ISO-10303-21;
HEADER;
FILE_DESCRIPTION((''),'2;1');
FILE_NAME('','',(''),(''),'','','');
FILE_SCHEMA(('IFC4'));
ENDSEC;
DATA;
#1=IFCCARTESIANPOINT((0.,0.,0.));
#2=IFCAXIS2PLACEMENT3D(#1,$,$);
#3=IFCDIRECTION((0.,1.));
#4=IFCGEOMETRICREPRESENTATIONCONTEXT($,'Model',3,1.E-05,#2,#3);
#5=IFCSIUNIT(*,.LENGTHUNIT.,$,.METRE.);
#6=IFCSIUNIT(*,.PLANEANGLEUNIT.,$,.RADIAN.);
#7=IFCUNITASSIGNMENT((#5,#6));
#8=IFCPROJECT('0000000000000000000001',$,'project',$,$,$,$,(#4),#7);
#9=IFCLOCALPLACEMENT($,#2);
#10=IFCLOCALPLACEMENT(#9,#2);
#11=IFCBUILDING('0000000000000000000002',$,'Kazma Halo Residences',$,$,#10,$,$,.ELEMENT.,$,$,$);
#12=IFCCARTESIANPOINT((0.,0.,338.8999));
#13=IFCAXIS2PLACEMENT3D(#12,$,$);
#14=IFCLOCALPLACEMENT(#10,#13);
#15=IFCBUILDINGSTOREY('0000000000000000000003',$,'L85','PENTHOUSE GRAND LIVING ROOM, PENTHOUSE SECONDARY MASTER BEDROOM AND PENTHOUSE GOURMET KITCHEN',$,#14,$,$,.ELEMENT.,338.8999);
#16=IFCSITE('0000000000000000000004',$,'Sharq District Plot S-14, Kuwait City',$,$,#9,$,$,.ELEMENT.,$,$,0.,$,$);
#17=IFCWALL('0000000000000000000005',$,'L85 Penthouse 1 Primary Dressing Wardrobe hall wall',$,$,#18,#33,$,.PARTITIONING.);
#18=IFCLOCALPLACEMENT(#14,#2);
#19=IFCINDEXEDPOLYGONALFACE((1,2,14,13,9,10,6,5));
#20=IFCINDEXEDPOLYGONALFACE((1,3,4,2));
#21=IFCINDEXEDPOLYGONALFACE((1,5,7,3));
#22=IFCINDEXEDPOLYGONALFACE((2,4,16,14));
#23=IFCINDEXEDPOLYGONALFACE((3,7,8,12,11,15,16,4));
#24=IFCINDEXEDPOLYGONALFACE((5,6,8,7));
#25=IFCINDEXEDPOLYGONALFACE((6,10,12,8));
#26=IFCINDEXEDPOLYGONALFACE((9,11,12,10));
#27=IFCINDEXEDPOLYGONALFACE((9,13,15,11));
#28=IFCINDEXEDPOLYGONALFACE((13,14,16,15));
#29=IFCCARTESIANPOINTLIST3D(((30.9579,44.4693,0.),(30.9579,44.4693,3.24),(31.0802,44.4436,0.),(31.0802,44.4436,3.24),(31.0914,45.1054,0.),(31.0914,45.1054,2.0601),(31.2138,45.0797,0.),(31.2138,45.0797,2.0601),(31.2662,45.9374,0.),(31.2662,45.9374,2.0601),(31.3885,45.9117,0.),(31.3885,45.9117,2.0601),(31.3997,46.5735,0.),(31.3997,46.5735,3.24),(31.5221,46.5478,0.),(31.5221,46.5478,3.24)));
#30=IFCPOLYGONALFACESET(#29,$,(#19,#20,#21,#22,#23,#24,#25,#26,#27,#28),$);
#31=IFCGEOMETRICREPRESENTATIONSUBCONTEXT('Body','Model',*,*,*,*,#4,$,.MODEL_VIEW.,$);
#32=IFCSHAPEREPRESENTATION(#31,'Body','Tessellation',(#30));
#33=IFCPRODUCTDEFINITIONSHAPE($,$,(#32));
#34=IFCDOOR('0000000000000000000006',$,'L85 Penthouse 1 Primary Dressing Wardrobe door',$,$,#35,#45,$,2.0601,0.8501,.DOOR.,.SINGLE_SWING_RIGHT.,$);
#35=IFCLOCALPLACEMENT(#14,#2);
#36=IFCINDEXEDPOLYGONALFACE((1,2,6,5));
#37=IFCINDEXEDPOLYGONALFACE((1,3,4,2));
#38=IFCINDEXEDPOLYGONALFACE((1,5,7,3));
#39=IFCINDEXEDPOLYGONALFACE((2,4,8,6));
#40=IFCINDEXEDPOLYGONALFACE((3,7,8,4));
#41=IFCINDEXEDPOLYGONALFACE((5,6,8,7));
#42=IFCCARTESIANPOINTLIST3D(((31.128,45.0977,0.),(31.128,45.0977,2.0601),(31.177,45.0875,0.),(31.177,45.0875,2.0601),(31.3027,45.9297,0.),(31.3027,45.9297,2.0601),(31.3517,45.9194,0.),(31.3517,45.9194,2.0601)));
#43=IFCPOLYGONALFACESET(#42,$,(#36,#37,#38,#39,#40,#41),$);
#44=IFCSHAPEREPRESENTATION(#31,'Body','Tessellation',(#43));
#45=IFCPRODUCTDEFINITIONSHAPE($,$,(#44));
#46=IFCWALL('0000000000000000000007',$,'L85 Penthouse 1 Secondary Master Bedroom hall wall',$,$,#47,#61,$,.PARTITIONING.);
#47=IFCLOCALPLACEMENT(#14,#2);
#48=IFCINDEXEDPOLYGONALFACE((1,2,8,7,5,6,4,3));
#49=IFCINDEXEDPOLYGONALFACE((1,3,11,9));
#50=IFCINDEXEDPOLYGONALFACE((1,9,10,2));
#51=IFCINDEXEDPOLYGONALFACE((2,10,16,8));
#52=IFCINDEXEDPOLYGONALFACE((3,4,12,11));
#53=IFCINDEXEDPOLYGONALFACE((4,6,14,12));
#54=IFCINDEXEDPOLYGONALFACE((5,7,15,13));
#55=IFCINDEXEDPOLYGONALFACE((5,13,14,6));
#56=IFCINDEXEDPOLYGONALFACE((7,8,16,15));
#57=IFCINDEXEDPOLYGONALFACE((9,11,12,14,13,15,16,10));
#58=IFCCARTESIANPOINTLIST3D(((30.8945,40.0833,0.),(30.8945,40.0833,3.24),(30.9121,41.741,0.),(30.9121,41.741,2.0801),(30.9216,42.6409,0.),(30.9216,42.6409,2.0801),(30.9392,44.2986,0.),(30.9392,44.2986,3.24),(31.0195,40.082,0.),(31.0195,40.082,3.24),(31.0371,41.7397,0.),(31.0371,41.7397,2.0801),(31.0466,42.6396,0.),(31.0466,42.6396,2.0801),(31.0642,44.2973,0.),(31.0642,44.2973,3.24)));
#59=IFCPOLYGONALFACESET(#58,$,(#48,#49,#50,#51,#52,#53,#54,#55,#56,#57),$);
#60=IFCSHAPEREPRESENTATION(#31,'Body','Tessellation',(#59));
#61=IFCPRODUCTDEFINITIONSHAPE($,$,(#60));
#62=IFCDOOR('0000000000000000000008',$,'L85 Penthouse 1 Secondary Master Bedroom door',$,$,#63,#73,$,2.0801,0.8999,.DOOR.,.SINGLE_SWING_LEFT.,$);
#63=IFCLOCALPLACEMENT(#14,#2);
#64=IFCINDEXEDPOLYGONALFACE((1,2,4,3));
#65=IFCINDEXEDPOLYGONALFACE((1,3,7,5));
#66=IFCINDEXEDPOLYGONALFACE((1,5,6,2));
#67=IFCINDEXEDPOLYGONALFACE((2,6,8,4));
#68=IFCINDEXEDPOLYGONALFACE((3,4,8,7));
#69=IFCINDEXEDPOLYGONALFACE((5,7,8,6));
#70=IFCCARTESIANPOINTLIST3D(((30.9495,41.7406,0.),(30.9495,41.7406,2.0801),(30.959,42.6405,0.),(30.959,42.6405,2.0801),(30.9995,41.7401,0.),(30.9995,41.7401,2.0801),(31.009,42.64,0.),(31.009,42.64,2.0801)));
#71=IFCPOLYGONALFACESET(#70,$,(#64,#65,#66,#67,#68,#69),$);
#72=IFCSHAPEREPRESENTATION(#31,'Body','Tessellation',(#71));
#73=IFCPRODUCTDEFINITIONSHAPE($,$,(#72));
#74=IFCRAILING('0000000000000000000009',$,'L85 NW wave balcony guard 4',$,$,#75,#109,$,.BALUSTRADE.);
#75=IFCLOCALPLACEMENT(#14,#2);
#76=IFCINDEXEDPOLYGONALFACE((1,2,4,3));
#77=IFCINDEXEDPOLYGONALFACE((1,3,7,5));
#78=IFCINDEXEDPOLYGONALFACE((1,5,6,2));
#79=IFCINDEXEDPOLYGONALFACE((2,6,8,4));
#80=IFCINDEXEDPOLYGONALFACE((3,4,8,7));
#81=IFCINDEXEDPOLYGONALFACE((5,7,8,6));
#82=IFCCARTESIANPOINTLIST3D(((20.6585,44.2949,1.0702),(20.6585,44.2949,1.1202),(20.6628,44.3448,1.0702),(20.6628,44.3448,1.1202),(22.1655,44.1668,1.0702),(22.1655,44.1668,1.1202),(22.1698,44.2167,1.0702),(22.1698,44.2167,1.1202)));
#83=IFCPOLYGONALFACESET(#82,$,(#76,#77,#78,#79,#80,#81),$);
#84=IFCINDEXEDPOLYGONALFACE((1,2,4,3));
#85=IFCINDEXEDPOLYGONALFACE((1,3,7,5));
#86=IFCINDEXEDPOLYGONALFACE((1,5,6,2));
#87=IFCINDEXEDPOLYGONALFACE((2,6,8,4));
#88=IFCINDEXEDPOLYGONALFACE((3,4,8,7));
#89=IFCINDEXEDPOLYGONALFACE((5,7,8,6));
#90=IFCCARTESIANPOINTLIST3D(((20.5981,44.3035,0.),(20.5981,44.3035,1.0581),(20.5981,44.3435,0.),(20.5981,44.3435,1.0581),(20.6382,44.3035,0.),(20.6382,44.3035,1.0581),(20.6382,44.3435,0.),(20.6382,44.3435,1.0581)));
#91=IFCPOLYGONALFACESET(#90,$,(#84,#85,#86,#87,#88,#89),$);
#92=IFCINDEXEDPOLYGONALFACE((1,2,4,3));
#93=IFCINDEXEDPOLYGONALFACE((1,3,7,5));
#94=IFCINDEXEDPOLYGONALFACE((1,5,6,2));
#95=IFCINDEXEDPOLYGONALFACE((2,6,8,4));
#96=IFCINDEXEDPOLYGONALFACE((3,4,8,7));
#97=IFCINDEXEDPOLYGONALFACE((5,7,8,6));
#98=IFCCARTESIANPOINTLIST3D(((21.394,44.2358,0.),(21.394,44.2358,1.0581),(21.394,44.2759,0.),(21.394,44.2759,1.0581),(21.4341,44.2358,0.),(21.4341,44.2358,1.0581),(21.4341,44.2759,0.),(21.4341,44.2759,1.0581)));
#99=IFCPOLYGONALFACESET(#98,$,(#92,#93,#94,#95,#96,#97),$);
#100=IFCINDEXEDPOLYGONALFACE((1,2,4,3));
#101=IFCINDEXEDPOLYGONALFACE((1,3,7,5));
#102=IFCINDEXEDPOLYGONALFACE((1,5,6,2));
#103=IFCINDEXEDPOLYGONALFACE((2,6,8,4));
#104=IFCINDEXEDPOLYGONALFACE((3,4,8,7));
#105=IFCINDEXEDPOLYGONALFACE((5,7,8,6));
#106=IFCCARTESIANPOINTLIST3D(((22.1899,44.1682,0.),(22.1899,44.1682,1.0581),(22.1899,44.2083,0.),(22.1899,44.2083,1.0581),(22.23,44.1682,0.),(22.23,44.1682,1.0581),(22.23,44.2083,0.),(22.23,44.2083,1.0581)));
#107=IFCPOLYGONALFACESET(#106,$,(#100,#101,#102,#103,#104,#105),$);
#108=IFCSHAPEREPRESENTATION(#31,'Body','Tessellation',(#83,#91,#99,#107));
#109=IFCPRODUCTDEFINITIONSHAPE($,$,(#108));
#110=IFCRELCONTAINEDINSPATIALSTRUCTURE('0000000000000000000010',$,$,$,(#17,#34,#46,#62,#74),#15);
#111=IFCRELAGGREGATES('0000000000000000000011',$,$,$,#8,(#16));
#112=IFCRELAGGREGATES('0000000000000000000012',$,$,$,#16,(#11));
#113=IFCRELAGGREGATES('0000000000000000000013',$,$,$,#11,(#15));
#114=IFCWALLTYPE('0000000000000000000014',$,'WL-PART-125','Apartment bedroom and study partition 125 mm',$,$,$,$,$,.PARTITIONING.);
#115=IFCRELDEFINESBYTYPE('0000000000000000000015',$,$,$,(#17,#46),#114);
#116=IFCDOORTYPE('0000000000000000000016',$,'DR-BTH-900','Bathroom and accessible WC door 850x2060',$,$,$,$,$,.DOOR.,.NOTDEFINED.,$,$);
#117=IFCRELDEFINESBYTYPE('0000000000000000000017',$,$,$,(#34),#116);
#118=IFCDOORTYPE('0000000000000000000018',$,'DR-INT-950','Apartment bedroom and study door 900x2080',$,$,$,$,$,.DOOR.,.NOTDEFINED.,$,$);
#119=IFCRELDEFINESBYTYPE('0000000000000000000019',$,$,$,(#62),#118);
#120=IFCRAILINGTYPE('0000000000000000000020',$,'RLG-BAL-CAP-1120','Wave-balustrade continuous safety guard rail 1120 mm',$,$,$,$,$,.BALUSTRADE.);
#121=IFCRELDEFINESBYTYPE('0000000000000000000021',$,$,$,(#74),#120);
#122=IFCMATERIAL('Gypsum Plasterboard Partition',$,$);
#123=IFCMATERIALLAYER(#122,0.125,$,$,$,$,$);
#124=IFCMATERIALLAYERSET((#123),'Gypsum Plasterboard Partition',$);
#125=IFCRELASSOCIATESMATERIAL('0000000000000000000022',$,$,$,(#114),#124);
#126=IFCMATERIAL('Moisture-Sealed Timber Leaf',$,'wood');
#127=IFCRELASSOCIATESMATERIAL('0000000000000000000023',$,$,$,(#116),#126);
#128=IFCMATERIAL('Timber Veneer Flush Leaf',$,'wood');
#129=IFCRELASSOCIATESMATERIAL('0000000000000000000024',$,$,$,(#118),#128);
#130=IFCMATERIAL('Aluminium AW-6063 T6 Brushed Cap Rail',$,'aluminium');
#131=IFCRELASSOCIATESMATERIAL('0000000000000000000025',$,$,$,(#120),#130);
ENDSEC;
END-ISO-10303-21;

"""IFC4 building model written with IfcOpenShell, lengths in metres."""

from ifc_helpers import new_model, si_unit, direction, frame, frame_2d, origin, origin_2d, place, context, subcontext, project, spatial, rectangle, extrude, material, layer, layer_set, type_object, element, fill, save


model = new_model("IFC4")

# Units and contexts
model_context = context("Model", 3, precision=1e-05, world=origin(), true_north=direction((0.0, 1.0)))
body_context = subcontext(model_context, "Body", "Model", "MODEL_VIEW")
ifc_project = project(units=[si_unit("LENGTHUNIT", "METRE"), si_unit("PLANEANGLEUNIT", "RADIAN")], contexts=[model_context])

# Site, building, storey
site_placement = place(None, origin())
site = spatial("IfcSite", under=ifc_project, at=site_placement, Name="Sharq District Plot S-14, Kuwait City", CompositionType="ELEMENT", RefElevation=0.0)
building_placement = place(site_placement, origin())
building = spatial("IfcBuilding", under=site, at=building_placement, Name="Kazma Halo Residences", CompositionType="ELEMENT")
storey_placement = place(building_placement, frame((0.0, 0.0, 338.8999)))
storey = spatial("IfcBuildingStorey", under=building, at=storey_placement, Name="L85", Description="PENTHOUSE GRAND LIVING ROOM, PENTHOUSE SECONDARY MASTER BEDROOM AND PENTHOUSE GOURMET KITCHEN", CompositionType="ELEMENT", Elevation=338.8999)

# Shared definitions
ifc_material_1 = material(Name="Gypsum Plasterboard Partition")
ifc_layer_1 = layer(ifc_material_1, 0.125)
ifc_layer_set_1 = layer_set([ifc_layer_1], Name="Gypsum Plasterboard Partition")
wall_type_1 = type_object("IfcWallType", Name="WL-PART-125", Description="Apartment bedroom and study partition 125 mm", PredefinedType="PARTITIONING", material=ifc_layer_set_1)

# Walls, openings, doors
wall_1_placement = place(storey_placement, frame((31.4609, 46.5608, 0.0), z_axis=(0.0, 0.0, 1.0), x_axis=(-0.205518, -0.978653, 0.0)))
wall_1 = element("IfcWall", 1, at=wall_1_placement, inside=storey, type_object=wall_type_1, Name="L85 Penthouse 1 Primary Dressing Wardrobe hall wall", PredefinedType="PARTITIONING", context=body_context, shape_type="SweptSolid", body=[
    extrude(rectangle(XDim=2.1501, YDim=0.125, at=frame_2d((1.0752, 0.0))), origin(), (0.0, 0.0, 1.0), 3.24),
])
opening_1_placement = place(wall_1_placement, frame((0.6501, 0.0, 0.0)))
opening_1 = element("IfcOpeningElement", 2, at=opening_1_placement, cuts=wall_1, PredefinedType="OPENING", context=body_context, shape_type="SweptSolid", body=[
    extrude(rectangle(XDim=0.8501, YDim=2.0601, at=frame_2d((0.425, 1.03))), frame((0.0, 0.0725, 0.0), z_axis=(0.0, -1.0, 0.0), x_axis=(1.0, 0.0, 0.0)), (0.0, 0.0, 1.0), 0.145),
])
ifc_material_2 = material(Name="Moisture-Sealed Timber Leaf", Category="wood")
door_type_1 = type_object("IfcDoorType", Name="DR-BTH-900", Description="Bathroom and accessible WC door 850x2060", OperationType="NOTDEFINED", PredefinedType="DOOR", material=ifc_material_2)
door_1_placement = place(opening_1_placement, origin())
door_1 = element("IfcDoor", 3, at=door_1_placement, inside=storey, type_object=door_type_1, Name="L85 Penthouse 1 Primary Dressing Wardrobe door", OperationType="SINGLE_SWING_RIGHT", OverallHeight=2.0601, OverallWidth=0.8501, PredefinedType="DOOR", context=body_context, shape_type="SweptSolid", body=[
    extrude(rectangle(XDim=0.8501, YDim=2.0601, at=frame_2d((0.425, 1.03))), frame((0.0, 0.0249, 0.0), z_axis=(0.0, -1.0, 0.0), x_axis=(1.0, 0.0, 0.0)), (0.0, 0.0, 1.0), 0.05),
])
fill(opening_1, door_1)
wall_2_placement = place(storey_placement, frame((31.0017, 44.2981, 0.0), z_axis=(0.0, 0.0, 1.0), x_axis=(-0.010598, -0.999944, 0.0)))
wall_2 = element("IfcWall", 4, at=wall_2_placement, inside=storey, type_object=wall_type_1, Name="L85 Penthouse 1 Secondary Master Bedroom hall wall", PredefinedType="PARTITIONING", context=body_context, shape_type="SweptSolid", body=[
    extrude(rectangle(XDim=4.2156, YDim=0.125, at=frame_2d((2.1079, 0.0))), origin(), (0.0, 0.0, 1.0), 3.24),
])
opening_2_placement = place(wall_2_placement, frame((1.658, 0.0, 0.0)))
opening_2 = element("IfcOpeningElement", 5, at=opening_2_placement, cuts=wall_2, PredefinedType="OPENING", context=body_context, shape_type="SweptSolid", body=[
    extrude(rectangle(XDim=0.8999, YDim=2.0801, at=frame_2d((0.45, 1.04))), frame((0.0, 0.0725, 0.0), z_axis=(0.0, -1.0, 0.0), x_axis=(1.0, 0.0, 0.0)), (0.0, 0.0, 1.0), 0.145),
])
ifc_material_3 = material(Name="Timber Veneer Flush Leaf", Category="wood")
door_type_2 = type_object("IfcDoorType", Name="DR-INT-950", Description="Apartment bedroom and study door 900x2080", OperationType="NOTDEFINED", PredefinedType="DOOR", material=ifc_material_3)
door_2_placement = place(opening_2_placement, origin())
door_2 = element("IfcDoor", 6, at=door_2_placement, inside=storey, type_object=door_type_2, Name="L85 Penthouse 1 Secondary Master Bedroom door", OperationType="SINGLE_SWING_LEFT", OverallHeight=2.0801, OverallWidth=0.8999, PredefinedType="DOOR", context=body_context, shape_type="SweptSolid", body=[
    extrude(rectangle(XDim=0.8999, YDim=2.0801, at=frame_2d((0.45, 1.04))), frame((0.0, 0.0249, 0.0), z_axis=(0.0, -1.0, 0.0), x_axis=(1.0, 0.0, 0.0)), (0.0, 0.0, 1.0), 0.05),
])
fill(opening_2, door_2)

# Railing
ifc_material_4 = material(Name="Aluminium AW-6063 T6 Brushed Cap Rail", Category="aluminium")
railing_type = type_object("IfcRailingType", Name="RLG-BAL-CAP-1120", Description="Wave-balustrade continuous safety guard rail 1120 mm", PredefinedType="BALUSTRADE", material=ifc_material_4)
railing_placement = place(storey_placement, frame((20.6182, 44.3235, 0.0)))
element("IfcRailing", 7, at=railing_placement, inside=storey, type_object=railing_type, Name="L85 NW wave balcony guard 4", PredefinedType="BALUSTRADE", context=body_context, shape_type="SweptSolid", body=[
    extrude(rectangle(XDim=0.05, YDim=0.05, at=origin_2d()), frame((0.0425, -0.0037, 1.0952), z_axis=(0.99641, -0.084664, 0.0), x_axis=(0.084664, 0.99641, 0.0)), (0.0, 0.0, 1.0), 1.5125),
    extrude(rectangle(XDim=0.04, YDim=0.04, at=origin_2d()), origin(), (0.0, 0.0, 1.0), 1.0581),
    extrude(rectangle(XDim=0.04, YDim=0.04, at=origin_2d()), frame((0.7959, -0.0676, 0.0)), (0.0, 0.0, 1.0), 1.0581),
    extrude(rectangle(XDim=0.04, YDim=0.04, at=origin_2d()), frame((1.5918, -0.1353, 0.0)), (0.0, 0.0, 1.0), 1.0581),
])

save(model, "model.ifc")
